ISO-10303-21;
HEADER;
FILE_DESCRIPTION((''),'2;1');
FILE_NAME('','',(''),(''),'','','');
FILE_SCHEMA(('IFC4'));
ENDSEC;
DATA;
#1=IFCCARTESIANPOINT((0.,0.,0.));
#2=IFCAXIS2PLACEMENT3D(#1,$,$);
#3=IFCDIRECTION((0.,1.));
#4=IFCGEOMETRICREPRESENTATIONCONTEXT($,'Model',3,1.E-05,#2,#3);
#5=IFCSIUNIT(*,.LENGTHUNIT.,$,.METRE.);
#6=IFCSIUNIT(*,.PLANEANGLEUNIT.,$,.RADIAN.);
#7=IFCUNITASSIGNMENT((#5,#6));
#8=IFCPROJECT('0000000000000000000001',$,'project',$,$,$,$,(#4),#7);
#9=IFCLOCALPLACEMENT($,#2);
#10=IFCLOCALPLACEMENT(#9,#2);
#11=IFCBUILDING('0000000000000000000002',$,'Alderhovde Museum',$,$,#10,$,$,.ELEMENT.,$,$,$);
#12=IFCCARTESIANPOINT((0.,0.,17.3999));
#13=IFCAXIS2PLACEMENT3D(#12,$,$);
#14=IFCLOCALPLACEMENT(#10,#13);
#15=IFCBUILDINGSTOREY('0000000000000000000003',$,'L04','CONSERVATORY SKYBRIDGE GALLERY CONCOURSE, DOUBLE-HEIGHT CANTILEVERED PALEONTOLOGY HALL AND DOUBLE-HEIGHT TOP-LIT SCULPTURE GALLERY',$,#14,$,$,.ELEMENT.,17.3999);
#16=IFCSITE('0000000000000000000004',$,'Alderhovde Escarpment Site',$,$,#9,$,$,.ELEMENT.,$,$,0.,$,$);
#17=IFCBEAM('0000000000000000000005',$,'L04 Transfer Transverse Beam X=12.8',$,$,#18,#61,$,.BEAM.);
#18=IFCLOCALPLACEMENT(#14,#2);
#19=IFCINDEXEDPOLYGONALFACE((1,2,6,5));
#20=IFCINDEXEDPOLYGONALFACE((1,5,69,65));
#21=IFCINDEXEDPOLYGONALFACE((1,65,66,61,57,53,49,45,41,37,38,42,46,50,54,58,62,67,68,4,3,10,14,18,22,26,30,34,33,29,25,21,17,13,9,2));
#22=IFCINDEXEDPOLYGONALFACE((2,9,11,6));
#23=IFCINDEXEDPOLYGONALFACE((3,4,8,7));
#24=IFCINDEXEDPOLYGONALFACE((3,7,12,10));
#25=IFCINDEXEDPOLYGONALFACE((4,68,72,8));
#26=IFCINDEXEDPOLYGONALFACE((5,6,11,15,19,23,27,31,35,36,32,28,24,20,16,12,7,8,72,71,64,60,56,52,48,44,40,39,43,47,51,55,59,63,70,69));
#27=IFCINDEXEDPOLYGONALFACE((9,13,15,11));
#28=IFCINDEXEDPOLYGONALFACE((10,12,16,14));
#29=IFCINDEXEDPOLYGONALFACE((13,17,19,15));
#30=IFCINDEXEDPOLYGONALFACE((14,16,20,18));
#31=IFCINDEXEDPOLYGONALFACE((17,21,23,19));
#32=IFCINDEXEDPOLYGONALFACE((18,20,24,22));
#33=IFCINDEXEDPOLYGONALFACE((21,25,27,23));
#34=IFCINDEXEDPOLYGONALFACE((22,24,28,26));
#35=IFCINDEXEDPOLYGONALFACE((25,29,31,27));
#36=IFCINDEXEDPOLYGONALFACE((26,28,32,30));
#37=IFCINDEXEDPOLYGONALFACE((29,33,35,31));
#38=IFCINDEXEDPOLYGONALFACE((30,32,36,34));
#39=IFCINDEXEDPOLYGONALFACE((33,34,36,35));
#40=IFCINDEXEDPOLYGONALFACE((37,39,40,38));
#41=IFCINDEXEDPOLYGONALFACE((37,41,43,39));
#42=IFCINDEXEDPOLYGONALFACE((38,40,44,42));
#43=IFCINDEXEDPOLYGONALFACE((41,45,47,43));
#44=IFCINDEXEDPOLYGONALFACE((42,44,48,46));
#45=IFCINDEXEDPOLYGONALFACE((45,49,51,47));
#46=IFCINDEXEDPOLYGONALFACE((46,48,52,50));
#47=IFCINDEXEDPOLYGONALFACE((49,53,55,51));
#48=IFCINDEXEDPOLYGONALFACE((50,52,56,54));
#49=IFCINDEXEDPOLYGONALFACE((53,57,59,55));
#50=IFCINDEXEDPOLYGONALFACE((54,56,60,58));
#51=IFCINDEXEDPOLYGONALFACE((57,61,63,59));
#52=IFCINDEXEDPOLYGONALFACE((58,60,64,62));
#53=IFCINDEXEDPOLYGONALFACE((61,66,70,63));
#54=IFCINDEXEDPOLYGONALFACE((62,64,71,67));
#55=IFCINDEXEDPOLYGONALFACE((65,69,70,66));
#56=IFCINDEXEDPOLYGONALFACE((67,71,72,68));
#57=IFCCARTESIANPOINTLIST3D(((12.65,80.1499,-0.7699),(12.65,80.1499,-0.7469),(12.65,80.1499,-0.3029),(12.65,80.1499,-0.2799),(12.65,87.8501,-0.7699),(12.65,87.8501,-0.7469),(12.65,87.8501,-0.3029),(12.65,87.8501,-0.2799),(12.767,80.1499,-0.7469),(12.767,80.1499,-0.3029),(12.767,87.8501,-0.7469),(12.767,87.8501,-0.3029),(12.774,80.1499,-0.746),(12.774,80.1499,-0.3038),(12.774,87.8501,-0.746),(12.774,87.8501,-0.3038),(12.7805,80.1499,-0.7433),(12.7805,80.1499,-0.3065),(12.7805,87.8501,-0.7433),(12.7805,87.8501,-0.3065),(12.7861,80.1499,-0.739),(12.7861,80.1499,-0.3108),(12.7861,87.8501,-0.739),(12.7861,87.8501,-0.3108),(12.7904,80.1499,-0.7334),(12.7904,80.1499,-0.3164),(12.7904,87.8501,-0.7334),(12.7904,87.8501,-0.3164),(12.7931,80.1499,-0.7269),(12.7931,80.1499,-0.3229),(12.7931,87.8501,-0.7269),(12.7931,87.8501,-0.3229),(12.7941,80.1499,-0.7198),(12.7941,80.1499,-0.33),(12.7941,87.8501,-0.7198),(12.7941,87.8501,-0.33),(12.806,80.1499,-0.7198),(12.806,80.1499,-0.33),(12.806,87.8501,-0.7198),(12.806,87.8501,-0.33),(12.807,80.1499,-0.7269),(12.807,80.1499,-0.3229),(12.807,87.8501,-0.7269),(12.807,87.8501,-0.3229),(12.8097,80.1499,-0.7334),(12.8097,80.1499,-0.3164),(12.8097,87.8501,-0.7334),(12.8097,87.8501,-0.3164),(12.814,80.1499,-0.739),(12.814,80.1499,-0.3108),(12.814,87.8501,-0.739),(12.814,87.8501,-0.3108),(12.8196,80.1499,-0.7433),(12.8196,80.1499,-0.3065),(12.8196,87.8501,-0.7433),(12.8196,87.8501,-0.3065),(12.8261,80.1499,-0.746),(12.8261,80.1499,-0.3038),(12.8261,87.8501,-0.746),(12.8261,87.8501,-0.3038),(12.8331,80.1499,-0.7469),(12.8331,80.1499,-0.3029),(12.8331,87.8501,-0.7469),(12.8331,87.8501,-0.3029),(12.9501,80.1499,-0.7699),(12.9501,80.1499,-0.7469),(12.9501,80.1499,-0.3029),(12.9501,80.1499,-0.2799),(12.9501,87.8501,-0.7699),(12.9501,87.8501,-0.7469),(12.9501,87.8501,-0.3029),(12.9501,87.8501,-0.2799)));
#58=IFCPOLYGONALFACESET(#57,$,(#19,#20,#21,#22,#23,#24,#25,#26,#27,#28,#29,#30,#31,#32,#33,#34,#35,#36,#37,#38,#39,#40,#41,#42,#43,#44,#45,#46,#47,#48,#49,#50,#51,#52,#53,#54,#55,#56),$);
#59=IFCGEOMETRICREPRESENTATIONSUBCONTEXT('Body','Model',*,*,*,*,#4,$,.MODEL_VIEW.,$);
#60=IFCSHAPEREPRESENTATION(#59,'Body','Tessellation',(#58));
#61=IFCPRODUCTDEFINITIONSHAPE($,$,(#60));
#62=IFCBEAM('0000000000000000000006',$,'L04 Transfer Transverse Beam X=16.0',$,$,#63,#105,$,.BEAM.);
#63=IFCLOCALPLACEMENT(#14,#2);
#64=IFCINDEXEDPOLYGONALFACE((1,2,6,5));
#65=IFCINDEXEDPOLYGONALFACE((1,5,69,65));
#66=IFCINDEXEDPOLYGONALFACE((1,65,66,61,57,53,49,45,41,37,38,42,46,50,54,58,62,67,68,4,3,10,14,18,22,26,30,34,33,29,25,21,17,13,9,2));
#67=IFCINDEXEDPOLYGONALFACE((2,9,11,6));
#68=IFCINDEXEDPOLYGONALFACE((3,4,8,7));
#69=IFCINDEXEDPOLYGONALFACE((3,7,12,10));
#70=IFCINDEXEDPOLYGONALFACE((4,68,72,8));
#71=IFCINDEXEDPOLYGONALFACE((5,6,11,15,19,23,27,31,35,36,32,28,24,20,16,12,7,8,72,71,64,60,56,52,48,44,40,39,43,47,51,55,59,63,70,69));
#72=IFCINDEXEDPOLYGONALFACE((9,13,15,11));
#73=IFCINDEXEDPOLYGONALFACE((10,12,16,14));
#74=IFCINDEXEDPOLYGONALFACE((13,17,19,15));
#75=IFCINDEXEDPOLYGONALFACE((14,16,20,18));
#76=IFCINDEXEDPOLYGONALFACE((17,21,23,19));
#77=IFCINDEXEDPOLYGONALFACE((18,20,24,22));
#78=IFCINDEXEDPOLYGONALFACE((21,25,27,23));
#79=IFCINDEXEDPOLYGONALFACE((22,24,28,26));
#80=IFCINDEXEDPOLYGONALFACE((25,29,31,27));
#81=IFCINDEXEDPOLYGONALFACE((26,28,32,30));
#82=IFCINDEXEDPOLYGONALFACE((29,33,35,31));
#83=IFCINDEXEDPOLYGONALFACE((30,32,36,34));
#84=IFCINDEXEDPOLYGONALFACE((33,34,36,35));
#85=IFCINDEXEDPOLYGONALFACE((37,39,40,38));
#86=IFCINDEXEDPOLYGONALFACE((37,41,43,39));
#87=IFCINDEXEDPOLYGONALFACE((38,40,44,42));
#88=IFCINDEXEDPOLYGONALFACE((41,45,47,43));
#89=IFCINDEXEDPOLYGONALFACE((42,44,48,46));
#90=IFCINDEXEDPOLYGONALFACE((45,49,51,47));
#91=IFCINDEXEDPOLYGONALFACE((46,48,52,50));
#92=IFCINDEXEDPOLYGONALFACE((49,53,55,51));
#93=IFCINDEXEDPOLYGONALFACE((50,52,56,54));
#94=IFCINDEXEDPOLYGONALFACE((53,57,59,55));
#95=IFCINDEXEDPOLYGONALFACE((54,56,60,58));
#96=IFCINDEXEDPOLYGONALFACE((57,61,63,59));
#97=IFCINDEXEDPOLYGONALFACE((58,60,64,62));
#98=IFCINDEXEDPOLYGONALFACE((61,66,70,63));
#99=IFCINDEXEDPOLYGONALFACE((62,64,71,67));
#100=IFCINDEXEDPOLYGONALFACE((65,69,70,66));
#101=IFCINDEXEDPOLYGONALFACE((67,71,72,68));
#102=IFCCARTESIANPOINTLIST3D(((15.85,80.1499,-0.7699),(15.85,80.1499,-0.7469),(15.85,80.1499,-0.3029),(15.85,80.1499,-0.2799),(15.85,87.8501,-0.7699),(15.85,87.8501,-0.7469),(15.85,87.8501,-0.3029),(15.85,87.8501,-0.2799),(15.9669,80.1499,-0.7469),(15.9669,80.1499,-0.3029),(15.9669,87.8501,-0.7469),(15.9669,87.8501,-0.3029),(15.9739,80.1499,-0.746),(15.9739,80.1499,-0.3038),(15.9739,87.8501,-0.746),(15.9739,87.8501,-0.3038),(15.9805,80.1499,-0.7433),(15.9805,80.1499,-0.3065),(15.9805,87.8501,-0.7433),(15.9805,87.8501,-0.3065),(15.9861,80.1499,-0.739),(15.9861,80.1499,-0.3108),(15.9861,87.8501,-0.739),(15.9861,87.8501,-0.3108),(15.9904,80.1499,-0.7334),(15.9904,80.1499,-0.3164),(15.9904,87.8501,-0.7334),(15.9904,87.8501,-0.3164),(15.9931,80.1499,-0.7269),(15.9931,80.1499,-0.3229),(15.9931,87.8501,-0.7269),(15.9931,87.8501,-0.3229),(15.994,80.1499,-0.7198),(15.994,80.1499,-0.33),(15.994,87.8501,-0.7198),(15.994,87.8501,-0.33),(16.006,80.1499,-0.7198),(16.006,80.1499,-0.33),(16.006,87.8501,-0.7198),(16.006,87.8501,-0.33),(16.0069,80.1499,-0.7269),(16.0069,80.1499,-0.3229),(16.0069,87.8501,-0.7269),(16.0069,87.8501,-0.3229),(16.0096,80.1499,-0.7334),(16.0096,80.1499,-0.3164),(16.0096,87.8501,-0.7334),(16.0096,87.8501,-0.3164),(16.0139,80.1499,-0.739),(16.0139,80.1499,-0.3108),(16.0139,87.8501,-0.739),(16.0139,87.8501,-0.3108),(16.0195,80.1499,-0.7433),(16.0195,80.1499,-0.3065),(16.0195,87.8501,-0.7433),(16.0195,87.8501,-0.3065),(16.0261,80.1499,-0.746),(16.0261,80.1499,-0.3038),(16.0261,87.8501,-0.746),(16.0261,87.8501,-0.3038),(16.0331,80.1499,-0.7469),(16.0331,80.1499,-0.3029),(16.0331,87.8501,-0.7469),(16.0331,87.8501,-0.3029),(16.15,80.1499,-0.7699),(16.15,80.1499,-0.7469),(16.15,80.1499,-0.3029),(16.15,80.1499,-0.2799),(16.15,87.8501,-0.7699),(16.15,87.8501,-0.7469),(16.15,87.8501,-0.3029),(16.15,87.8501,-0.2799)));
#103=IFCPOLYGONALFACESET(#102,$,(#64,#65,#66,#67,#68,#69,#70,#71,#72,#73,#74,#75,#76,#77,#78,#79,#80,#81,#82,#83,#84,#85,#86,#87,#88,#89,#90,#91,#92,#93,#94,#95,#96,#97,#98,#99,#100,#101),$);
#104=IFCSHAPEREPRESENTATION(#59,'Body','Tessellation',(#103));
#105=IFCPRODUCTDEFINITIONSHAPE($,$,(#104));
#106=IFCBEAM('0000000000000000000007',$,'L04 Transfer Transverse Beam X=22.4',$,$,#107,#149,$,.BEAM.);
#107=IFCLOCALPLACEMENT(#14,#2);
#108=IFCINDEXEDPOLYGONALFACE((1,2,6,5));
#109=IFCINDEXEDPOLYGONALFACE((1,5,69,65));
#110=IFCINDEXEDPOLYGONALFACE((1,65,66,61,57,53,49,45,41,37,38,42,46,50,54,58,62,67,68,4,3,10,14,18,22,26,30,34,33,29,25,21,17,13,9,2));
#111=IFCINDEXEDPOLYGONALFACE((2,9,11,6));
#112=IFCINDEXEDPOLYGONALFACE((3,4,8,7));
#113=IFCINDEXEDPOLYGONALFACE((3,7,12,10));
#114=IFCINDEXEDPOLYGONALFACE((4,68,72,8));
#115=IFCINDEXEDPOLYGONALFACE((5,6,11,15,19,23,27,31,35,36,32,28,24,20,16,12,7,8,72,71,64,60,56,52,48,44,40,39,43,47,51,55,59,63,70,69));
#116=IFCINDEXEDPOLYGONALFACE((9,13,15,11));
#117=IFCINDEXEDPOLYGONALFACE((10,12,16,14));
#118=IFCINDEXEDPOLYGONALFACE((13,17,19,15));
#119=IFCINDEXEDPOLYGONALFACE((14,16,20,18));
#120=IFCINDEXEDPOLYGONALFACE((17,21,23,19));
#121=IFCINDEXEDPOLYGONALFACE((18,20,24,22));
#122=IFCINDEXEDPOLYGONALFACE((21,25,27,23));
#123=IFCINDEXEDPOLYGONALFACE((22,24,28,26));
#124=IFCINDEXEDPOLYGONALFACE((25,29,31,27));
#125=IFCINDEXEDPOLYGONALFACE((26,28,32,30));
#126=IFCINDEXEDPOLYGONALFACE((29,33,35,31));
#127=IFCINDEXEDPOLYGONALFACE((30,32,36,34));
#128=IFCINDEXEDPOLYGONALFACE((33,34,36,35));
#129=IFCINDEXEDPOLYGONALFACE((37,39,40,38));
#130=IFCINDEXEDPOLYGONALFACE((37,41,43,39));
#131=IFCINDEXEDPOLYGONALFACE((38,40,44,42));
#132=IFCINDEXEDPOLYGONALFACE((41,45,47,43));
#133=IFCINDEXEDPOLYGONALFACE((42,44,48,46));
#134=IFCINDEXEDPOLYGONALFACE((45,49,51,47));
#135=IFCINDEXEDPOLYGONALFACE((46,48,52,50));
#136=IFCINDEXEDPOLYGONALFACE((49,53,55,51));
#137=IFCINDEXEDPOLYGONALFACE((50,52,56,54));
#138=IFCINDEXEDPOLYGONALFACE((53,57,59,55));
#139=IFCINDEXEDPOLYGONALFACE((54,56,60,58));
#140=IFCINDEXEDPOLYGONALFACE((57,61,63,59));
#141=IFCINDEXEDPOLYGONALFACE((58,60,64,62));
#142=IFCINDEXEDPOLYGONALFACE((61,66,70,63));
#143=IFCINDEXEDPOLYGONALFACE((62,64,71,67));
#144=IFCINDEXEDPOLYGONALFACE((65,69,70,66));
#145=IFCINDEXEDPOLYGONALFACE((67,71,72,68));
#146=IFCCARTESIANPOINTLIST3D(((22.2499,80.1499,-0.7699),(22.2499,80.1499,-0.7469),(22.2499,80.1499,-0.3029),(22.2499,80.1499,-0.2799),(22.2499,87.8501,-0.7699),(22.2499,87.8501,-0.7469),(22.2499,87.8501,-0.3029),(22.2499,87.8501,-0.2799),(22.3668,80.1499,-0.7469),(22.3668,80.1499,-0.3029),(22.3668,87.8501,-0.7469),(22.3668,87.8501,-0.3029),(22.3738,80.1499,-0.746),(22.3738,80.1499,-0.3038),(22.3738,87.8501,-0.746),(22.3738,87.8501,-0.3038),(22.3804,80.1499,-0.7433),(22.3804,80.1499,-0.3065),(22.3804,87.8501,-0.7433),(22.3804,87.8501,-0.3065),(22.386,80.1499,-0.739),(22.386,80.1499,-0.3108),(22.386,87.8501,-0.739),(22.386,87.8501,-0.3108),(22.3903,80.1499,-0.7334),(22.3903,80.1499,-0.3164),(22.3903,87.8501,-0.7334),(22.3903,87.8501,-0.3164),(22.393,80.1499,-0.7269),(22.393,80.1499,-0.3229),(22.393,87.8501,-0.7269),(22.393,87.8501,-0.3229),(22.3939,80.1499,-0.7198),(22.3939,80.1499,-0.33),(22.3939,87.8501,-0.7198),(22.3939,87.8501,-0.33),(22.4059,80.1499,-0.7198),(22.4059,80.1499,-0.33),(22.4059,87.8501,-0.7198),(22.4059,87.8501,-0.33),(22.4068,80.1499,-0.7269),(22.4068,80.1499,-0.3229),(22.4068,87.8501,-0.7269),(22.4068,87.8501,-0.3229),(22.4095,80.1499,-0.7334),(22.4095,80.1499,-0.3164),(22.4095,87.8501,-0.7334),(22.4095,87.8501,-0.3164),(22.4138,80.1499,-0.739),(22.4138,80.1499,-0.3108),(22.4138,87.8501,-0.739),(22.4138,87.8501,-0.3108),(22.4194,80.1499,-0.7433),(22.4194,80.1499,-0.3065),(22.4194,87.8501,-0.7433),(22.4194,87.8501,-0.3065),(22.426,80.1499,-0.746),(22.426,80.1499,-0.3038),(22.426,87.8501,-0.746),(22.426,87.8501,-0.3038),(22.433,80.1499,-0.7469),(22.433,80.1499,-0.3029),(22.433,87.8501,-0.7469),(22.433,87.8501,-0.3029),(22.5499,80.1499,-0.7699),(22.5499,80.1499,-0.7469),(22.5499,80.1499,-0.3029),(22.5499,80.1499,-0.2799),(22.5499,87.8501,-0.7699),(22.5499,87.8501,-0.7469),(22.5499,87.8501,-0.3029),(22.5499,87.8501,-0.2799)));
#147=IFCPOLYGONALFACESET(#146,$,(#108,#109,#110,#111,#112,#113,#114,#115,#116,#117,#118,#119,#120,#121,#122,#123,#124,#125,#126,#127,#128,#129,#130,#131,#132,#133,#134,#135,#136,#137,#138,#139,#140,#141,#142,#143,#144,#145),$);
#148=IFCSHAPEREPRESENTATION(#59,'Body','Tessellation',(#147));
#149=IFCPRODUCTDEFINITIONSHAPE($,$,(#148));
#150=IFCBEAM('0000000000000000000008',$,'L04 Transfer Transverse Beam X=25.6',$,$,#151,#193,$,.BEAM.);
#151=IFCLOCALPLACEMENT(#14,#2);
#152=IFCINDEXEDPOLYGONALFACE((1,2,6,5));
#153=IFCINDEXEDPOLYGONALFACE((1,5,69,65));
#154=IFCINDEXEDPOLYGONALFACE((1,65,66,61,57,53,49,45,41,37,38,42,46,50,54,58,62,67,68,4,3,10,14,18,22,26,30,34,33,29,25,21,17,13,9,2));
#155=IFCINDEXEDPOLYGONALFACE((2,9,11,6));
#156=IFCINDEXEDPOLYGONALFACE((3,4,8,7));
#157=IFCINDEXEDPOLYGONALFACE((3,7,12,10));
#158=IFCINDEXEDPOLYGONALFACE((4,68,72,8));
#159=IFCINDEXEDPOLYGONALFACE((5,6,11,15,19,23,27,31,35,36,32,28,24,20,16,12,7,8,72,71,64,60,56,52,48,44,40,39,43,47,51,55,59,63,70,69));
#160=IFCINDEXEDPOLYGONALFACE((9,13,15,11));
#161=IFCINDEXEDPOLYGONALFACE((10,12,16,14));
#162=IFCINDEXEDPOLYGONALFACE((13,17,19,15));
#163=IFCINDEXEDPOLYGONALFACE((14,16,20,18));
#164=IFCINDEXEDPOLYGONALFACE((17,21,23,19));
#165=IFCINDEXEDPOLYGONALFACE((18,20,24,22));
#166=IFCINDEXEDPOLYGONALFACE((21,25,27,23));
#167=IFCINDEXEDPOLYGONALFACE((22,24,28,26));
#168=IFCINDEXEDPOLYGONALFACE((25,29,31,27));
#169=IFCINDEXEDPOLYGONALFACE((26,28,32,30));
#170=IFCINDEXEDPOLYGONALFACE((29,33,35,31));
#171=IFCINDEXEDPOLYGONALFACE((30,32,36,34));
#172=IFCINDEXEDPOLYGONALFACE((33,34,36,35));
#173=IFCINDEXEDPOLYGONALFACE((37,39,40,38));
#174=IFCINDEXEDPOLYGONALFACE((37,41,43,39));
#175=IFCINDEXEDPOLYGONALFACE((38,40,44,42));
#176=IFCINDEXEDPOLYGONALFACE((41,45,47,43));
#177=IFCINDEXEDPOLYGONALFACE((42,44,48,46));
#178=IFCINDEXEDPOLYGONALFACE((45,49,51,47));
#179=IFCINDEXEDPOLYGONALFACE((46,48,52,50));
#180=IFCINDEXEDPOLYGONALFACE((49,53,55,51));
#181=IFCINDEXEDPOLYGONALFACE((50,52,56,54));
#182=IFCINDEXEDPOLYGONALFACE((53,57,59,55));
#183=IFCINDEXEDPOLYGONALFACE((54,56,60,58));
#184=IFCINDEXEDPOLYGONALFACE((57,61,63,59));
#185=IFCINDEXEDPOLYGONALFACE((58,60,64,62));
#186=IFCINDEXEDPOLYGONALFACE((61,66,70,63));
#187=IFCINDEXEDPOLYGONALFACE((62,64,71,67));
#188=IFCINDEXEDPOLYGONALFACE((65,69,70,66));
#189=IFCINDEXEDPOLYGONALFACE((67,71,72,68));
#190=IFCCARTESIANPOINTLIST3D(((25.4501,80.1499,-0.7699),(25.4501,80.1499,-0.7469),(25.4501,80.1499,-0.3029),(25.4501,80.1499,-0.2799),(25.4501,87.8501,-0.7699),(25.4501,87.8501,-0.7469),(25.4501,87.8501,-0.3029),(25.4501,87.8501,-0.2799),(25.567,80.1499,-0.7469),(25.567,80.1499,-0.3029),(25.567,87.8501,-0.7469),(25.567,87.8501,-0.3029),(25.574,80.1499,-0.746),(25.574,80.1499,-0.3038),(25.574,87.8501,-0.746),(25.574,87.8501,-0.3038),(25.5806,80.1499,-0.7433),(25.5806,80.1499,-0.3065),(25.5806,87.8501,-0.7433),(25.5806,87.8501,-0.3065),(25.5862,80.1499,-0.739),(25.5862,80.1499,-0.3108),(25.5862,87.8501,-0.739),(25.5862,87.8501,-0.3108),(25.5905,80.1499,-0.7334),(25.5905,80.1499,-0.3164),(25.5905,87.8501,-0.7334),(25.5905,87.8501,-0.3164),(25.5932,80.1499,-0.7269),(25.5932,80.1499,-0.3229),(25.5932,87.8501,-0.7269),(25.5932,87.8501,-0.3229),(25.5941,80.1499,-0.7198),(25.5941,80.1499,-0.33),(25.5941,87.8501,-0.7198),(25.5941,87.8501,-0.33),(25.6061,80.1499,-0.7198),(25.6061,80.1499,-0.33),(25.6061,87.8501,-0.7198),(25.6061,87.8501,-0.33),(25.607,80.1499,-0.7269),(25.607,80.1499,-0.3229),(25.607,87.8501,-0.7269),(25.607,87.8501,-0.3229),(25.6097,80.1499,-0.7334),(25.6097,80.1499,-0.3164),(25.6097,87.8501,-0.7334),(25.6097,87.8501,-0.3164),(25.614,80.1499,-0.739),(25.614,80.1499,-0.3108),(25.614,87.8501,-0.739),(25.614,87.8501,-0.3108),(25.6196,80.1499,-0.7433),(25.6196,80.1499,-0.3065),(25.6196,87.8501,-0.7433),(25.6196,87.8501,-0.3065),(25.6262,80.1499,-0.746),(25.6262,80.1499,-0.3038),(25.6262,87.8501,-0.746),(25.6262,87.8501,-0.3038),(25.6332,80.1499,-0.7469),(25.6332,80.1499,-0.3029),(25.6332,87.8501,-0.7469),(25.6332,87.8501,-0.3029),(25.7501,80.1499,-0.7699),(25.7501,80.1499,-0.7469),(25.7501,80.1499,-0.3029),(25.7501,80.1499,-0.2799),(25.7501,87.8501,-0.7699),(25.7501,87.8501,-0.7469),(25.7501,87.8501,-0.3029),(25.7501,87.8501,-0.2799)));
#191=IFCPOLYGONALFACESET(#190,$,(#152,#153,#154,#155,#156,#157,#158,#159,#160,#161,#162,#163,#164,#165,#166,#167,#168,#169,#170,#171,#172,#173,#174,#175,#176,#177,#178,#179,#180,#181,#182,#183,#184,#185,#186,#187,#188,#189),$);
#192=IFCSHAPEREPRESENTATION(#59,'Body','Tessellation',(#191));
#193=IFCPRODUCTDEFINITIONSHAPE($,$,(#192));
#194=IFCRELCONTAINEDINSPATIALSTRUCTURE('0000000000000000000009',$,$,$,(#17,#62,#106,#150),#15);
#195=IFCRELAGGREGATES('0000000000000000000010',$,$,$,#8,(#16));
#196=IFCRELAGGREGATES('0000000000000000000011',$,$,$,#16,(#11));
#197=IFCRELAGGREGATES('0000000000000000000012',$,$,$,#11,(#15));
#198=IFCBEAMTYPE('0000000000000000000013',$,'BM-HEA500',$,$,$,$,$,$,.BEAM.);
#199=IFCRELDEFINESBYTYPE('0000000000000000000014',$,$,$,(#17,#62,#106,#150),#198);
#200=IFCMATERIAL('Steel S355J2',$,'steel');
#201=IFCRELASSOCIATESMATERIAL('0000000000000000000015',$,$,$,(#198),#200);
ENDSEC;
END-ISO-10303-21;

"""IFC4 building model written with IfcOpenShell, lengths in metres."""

from ifc_helpers import new_model, si_unit, direction, frame, origin, origin_2d, place, context, subcontext, project, spatial, i_section, extrude, material, material_profile, profile_set, type_object, element, save


model = new_model("IFC4")

# Units and contexts
model_context = context("Model", 3, precision=1e-05, world=origin(), true_north=direction((0.0, 1.0)))
body_context = subcontext(model_context, "Body", "Model", "MODEL_VIEW")
ifc_project = project(units=[si_unit("LENGTHUNIT", "METRE"), si_unit("PLANEANGLEUNIT", "RADIAN")], contexts=[model_context])

# Site, building, storey
site_placement = place(None, origin())
site = spatial("IfcSite", under=ifc_project, at=site_placement, Name="Alderhovde Escarpment Site", CompositionType="ELEMENT", RefElevation=0.0)
building_placement = place(site_placement, origin())
building = spatial("IfcBuilding", under=site, at=building_placement, Name="Alderhovde Museum", CompositionType="ELEMENT")
storey_placement = place(building_placement, frame((0.0, 0.0, 17.3999)))
storey = spatial("IfcBuildingStorey", under=building, at=storey_placement, Name="L04", Description="CONSERVATORY SKYBRIDGE GALLERY CONCOURSE, DOUBLE-HEIGHT CANTILEVERED PALEONTOLOGY HALL AND DOUBLE-HEIGHT TOP-LIT SCULPTURE GALLERY", CompositionType="ELEMENT", Elevation=17.3999)

# Beams
ifc_material_1 = material(Name="Steel S355J2", Category="steel")
ifc_material_profile_1 = material_profile(ifc_material_1, i_section(OverallWidth=0.3, OverallDepth=0.49, WebThickness=0.012, FlangeThickness=0.0229, FilletRadius=0.0271, at=origin_2d()), Name="HEA 500")
ifc_profile_set_1 = profile_set([ifc_material_profile_1], Name="Steel S355J2")
beam_type_1 = type_object("IfcBeamType", Name="BM-HEA500", PredefinedType="BEAM", material=ifc_profile_set_1)
for number, where, z_axis, x_axis, name in (
    (1, (12.8, 80.1499, -0.5249), (0.0, 1.0, 0.0), (-1.0, 0.0, 0.0), "L04 Transfer Transverse Beam X=12.8"),
    (2, (16.0, 80.1499, -0.5249), (0.0, 1.0, 0.0), (-1.0, 0.0, 0.0), "L04 Transfer Transverse Beam X=16.0"),
    (3, (22.3999, 80.1499, -0.5249), (0.0, 1.0, 0.0), (-1.0, 0.0, 0.0), "L04 Transfer Transverse Beam X=22.4"),
    (4, (25.6001, 80.1499, -0.5249), (0.0, 1.0, 0.0), (-1.0, 0.0, 0.0), "L04 Transfer Transverse Beam X=25.6"),
):
    element("IfcBeam", number, at=place(storey_placement, frame(where, z_axis=z_axis, x_axis=x_axis)), inside=storey, type_object=beam_type_1, Name=name, PredefinedType="BEAM", context=body_context, shape_type="SweptSolid", body=[
        extrude(i_section(OverallWidth=0.3, OverallDepth=0.49, WebThickness=0.012, FlangeThickness=0.0229, FilletRadius=0.0271, at=origin_2d()), origin(), (0.0, 0.0, 1.0), 7.7002),
    ])

save(model, "model.ifc")
